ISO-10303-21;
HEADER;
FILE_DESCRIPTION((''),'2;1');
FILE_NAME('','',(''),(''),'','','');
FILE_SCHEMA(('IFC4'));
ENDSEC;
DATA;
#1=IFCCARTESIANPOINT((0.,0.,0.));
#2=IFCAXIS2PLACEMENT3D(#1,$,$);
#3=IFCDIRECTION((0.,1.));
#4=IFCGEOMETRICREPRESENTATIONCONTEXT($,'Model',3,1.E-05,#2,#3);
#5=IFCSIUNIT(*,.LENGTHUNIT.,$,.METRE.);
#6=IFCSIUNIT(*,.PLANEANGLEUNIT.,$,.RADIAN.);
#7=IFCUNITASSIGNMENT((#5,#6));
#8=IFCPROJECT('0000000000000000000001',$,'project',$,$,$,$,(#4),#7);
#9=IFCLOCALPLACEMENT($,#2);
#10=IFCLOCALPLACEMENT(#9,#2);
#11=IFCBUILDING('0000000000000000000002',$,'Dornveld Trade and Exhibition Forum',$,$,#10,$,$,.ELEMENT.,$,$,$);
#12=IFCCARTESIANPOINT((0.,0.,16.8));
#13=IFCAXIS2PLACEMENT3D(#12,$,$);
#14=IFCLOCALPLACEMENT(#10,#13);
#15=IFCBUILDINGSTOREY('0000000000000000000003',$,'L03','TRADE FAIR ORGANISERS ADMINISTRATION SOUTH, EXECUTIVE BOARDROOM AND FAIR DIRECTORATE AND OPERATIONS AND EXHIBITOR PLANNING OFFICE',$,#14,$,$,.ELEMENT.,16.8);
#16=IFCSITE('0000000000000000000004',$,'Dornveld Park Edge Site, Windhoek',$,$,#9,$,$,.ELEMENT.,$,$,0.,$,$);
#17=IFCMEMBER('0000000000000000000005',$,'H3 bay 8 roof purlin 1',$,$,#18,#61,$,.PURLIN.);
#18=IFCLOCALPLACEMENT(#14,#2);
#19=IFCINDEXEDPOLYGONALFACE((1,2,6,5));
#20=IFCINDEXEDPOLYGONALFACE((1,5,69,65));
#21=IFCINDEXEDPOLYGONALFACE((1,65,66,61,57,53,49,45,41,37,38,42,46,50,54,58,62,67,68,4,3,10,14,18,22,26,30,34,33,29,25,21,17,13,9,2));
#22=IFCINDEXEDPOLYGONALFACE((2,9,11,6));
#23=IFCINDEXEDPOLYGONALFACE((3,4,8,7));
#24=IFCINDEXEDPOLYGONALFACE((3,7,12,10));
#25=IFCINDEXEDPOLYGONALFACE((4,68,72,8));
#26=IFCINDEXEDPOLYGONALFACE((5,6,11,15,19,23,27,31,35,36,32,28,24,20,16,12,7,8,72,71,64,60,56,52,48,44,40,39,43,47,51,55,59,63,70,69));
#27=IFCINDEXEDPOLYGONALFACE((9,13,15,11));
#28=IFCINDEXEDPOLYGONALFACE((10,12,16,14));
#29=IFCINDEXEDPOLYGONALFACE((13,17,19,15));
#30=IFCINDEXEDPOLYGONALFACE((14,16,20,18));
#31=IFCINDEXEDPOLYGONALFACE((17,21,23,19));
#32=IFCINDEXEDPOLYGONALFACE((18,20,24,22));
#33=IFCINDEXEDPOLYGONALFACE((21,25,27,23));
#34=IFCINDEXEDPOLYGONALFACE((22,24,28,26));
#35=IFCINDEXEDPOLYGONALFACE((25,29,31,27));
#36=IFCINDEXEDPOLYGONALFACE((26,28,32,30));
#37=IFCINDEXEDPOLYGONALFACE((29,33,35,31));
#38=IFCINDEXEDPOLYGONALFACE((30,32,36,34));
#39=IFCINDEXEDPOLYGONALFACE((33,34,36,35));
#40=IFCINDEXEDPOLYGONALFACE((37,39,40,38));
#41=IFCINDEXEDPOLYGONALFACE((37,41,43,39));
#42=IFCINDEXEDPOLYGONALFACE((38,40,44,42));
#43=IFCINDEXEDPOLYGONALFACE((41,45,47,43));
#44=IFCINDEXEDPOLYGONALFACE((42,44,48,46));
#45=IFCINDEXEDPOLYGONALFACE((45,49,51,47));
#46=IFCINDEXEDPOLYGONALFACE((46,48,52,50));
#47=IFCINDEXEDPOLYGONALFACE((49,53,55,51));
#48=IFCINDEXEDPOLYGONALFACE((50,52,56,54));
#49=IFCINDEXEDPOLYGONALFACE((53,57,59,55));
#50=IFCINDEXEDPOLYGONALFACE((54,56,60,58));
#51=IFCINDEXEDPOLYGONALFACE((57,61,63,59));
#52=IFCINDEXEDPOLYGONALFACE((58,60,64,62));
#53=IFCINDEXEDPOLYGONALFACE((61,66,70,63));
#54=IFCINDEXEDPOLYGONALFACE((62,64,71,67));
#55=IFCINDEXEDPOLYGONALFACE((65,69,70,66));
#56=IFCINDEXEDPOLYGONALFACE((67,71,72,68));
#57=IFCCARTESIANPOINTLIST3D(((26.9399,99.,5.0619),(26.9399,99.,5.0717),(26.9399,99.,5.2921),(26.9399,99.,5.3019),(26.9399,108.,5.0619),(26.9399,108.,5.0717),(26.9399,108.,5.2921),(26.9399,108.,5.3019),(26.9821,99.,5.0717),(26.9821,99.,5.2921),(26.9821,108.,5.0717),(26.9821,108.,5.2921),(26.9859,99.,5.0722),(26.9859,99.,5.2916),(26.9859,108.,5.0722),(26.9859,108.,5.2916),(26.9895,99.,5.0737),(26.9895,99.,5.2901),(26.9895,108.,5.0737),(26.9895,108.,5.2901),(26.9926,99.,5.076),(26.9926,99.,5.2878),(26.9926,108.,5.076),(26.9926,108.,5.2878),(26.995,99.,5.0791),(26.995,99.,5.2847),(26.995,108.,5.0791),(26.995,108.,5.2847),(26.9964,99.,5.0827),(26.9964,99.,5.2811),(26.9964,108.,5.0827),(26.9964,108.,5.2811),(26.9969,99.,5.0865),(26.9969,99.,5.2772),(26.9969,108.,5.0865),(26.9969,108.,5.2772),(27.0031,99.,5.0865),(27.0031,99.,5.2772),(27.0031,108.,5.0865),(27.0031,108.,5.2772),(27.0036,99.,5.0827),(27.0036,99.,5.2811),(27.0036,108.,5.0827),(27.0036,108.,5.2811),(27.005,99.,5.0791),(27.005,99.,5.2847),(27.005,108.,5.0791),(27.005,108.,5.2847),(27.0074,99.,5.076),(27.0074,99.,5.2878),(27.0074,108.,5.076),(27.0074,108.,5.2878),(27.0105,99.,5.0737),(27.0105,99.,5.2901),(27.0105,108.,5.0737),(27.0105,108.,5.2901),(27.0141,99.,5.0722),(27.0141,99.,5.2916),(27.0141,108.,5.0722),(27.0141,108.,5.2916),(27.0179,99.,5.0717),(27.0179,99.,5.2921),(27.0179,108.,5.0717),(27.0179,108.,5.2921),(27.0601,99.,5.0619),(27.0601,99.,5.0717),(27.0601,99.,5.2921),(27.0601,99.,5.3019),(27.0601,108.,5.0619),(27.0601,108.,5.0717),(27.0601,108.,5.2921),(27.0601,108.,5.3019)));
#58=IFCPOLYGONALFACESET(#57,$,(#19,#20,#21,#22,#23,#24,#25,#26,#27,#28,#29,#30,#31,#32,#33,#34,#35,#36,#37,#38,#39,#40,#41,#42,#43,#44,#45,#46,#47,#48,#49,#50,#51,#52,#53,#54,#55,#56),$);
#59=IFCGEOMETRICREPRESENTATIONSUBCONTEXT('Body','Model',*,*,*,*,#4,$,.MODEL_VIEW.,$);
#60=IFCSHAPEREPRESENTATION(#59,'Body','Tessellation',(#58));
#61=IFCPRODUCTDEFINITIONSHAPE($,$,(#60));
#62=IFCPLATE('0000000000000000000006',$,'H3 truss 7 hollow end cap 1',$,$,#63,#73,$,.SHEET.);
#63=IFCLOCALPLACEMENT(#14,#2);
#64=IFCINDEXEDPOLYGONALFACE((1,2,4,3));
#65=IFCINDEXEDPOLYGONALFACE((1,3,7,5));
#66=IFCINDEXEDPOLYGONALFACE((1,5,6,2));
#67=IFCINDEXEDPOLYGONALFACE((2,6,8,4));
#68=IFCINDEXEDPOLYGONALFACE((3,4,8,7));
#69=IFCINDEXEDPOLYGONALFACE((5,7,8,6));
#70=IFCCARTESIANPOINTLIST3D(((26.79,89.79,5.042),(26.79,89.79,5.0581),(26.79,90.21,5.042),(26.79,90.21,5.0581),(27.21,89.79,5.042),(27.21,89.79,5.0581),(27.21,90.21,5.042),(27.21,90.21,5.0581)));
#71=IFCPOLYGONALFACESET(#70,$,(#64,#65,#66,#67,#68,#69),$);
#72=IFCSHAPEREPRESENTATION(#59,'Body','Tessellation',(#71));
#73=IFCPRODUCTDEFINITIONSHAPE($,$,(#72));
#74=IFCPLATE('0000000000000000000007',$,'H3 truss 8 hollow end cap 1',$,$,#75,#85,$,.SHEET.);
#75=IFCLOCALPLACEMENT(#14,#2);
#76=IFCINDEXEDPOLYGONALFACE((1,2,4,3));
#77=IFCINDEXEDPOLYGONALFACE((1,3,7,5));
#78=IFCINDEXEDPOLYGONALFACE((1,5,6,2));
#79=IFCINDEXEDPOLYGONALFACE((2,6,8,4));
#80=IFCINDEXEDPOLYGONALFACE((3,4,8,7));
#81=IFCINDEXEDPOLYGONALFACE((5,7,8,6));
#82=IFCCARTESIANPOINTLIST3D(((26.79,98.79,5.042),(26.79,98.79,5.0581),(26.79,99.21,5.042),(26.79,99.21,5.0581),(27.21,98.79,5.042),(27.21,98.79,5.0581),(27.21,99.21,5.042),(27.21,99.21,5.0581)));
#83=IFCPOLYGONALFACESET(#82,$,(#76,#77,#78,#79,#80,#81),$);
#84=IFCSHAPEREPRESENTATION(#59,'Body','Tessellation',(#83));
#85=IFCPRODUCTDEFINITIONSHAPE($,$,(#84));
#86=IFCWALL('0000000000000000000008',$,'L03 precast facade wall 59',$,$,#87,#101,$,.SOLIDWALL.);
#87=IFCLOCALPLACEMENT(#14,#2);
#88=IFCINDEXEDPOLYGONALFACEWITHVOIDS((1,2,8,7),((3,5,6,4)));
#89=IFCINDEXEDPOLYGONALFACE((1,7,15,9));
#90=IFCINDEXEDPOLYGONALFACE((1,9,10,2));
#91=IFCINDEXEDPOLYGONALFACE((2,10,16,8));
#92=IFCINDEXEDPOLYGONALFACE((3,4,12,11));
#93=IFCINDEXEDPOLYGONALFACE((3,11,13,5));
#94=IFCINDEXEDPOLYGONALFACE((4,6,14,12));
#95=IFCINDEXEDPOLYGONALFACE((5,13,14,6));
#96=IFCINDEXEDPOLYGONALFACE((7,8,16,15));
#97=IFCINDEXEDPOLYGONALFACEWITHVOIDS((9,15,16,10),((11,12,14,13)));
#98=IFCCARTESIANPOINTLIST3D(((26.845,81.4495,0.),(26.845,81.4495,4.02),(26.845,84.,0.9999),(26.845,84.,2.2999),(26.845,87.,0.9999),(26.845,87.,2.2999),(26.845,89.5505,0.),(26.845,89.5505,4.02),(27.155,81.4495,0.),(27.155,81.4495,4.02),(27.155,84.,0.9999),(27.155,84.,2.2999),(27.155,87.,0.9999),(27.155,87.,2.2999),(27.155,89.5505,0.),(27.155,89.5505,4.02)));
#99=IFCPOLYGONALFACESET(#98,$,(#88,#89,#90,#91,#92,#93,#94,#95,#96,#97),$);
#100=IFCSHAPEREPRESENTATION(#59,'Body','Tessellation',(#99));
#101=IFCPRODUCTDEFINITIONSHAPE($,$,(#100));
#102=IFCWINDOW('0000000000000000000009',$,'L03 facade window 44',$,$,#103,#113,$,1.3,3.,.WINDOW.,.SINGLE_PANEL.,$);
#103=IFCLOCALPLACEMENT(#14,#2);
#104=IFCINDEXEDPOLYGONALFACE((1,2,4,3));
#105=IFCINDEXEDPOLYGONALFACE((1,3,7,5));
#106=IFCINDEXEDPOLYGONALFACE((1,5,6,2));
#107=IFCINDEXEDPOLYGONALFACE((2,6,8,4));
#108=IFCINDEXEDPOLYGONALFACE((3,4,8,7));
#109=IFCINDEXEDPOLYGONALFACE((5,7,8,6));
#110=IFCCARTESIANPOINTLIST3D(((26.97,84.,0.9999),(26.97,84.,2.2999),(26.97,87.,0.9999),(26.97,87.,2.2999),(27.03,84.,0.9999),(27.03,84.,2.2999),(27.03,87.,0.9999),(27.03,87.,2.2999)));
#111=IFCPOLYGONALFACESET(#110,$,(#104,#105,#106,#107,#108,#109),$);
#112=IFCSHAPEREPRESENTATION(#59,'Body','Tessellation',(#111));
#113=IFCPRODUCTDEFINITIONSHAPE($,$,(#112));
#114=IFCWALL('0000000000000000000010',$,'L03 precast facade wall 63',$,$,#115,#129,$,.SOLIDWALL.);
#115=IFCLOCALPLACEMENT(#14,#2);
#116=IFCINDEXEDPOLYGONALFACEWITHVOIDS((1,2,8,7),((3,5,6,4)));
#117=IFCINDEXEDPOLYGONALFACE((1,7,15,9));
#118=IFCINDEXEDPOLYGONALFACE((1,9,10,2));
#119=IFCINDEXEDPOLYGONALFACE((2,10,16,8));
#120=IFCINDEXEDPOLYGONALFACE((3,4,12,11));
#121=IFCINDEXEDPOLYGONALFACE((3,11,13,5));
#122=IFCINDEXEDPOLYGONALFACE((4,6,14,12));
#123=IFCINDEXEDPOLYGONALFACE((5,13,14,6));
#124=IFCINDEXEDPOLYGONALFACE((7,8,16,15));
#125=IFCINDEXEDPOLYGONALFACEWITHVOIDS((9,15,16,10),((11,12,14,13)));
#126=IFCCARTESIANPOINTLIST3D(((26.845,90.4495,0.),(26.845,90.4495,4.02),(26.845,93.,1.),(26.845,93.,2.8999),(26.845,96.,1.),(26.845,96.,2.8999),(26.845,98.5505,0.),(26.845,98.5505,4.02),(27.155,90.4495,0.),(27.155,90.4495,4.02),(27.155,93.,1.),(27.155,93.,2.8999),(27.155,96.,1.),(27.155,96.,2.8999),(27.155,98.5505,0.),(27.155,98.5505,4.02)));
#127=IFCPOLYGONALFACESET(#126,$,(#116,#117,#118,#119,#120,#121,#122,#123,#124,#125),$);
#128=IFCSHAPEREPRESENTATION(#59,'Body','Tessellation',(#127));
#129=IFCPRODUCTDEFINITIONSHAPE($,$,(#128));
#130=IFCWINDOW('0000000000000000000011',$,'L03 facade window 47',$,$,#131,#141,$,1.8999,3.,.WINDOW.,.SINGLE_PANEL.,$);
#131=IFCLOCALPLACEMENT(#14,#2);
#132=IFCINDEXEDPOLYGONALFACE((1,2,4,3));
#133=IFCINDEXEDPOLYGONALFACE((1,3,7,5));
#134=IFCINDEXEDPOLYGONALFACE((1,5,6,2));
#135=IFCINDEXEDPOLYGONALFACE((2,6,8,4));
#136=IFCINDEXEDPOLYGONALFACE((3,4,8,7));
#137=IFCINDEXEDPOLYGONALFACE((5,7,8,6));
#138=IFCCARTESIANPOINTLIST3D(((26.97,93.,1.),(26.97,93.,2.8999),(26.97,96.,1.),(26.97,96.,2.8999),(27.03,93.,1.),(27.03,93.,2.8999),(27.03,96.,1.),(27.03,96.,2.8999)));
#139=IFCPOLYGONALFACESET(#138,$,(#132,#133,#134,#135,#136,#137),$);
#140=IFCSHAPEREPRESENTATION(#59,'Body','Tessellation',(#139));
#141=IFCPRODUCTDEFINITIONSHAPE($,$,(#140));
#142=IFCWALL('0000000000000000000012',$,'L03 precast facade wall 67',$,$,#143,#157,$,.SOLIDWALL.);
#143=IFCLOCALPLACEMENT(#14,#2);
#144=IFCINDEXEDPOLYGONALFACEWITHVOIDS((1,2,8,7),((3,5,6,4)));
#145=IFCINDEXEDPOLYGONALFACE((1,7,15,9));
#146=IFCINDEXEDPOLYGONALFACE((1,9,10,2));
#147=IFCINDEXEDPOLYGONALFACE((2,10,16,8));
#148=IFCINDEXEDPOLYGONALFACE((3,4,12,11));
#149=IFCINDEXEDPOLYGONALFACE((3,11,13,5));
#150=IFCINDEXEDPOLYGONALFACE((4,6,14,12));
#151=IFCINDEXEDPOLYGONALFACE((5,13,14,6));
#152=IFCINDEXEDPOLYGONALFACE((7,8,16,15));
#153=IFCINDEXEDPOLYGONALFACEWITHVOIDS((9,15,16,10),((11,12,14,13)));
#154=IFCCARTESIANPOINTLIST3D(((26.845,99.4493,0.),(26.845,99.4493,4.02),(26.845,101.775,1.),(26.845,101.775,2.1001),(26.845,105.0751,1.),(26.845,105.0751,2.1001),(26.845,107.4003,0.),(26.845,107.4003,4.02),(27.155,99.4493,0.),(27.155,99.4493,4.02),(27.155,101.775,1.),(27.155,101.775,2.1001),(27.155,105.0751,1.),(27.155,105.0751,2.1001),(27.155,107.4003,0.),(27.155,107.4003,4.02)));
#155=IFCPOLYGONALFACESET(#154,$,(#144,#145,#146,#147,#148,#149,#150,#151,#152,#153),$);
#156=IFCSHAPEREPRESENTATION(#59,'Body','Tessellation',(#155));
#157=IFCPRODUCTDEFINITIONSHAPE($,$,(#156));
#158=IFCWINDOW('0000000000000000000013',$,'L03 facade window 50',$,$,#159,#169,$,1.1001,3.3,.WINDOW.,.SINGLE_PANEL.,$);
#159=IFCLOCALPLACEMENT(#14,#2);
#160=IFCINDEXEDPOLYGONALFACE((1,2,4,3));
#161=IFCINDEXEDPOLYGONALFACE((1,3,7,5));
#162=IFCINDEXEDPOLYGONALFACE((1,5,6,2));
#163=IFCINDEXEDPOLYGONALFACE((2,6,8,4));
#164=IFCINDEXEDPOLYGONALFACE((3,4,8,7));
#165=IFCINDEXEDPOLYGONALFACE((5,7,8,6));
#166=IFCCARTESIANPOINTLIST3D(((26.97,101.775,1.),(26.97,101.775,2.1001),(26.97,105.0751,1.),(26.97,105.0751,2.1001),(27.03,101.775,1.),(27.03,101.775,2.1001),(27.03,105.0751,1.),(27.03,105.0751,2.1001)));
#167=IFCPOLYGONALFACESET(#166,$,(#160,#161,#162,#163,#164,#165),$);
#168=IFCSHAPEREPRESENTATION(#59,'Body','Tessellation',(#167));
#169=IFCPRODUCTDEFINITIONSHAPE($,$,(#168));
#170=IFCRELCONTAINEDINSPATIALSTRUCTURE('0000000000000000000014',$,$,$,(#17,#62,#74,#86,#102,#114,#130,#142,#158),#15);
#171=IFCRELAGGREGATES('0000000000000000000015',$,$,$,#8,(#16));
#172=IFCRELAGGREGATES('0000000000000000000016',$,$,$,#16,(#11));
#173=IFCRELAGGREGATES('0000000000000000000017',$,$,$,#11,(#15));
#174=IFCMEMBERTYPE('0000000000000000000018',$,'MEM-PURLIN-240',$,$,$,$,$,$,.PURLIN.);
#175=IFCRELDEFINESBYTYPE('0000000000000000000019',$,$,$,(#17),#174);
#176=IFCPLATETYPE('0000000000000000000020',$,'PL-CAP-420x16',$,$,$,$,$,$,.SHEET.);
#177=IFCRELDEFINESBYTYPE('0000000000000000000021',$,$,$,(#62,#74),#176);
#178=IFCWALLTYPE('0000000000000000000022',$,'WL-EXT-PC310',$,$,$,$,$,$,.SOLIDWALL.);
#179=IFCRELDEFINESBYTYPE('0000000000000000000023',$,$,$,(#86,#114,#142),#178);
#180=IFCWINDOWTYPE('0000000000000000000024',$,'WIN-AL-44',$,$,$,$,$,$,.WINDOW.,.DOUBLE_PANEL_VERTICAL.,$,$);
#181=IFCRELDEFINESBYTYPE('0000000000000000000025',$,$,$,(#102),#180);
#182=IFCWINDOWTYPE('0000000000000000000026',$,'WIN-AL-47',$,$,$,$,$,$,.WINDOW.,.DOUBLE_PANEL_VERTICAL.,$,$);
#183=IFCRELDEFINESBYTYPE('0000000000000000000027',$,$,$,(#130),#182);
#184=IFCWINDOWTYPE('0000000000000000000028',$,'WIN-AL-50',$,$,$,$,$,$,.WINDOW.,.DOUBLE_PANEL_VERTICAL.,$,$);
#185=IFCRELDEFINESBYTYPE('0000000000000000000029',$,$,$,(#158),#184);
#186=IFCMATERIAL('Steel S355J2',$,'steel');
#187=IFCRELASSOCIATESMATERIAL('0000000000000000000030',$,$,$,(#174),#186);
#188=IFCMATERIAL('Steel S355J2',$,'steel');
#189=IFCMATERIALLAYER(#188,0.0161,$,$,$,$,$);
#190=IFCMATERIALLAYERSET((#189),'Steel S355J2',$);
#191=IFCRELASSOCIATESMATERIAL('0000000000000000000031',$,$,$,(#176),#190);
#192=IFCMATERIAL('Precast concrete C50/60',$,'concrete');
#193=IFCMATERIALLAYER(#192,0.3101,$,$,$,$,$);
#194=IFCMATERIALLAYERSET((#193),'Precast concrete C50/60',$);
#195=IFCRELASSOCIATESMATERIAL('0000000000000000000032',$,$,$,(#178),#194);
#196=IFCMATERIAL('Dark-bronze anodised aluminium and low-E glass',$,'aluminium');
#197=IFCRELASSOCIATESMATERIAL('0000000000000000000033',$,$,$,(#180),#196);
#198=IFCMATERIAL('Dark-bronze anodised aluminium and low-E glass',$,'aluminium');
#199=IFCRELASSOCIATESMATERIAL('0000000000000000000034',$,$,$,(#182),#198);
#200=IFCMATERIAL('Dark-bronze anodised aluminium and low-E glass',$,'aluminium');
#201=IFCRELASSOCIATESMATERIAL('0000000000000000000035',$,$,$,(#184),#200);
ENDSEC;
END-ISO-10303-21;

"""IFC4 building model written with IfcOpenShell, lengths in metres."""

from ifc_helpers import new_model, si_unit, direction, frame, frame_2d, origin, origin_2d, place, context, subcontext, project, spatial, rectangle, i_section, extrude, material, layer, layer_set, material_profile, profile_set, type_object, element, fill, save


model = new_model("IFC4")

# Units and contexts
model_context = context("Model", 3, precision=1e-05, world=origin(), true_north=direction((0.0, 1.0)))
body_context = subcontext(model_context, "Body", "Model", "MODEL_VIEW")
ifc_project = project(units=[si_unit("LENGTHUNIT", "METRE"), si_unit("PLANEANGLEUNIT", "RADIAN")], contexts=[model_context])

# Site, building, storey
site_placement = place(None, origin())
site = spatial("IfcSite", under=ifc_project, at=site_placement, Name="Dornveld Park Edge Site, Windhoek", CompositionType="ELEMENT", RefElevation=0.0)
building_placement = place(site_placement, origin())
building = spatial("IfcBuilding", under=site, at=building_placement, Name="Dornveld Trade and Exhibition Forum", CompositionType="ELEMENT")
storey_placement = place(building_placement, frame((0.0, 0.0, 16.8)))
storey = spatial("IfcBuildingStorey", under=building, at=storey_placement, Name="L03", Description="TRADE FAIR ORGANISERS ADMINISTRATION SOUTH, EXECUTIVE BOARDROOM AND FAIR DIRECTORATE AND OPERATIONS AND EXHIBITOR PLANNING OFFICE", CompositionType="ELEMENT", Elevation=16.8)

# Member
ifc_material_1 = material(Name="Steel S355J2", Category="steel")
ifc_material_profile_1 = material_profile(ifc_material_1, i_section(OverallWidth=0.1201, OverallDepth=0.24, WebThickness=0.0061, FlangeThickness=0.0098, FilletRadius=0.0149, at=origin_2d()), Name="IPE 240")
ifc_profile_set_1 = profile_set([ifc_material_profile_1], Name="Steel S355J2")
member_type_1 = type_object("IfcMemberType", Name="MEM-PURLIN-240", PredefinedType="PURLIN", material=ifc_profile_set_1)
for number, where, z_axis, x_axis, name in (
    (1, (27.0, 99.0, 5.1819), (0.0, 1.0, 0.0), (-1.0, 0.0, 0.0), "H3 bay 8 roof purlin 1"),
):
    element("IfcMember", number, at=place(storey_placement, frame(where, z_axis=z_axis, x_axis=x_axis)), inside=storey, type_object=member_type_1, Name=name, PredefinedType="PURLIN", context=body_context, shape_type="SweptSolid", body=[
        extrude(i_section(OverallWidth=0.1201, OverallDepth=0.24, WebThickness=0.0061, FlangeThickness=0.0098, FilletRadius=0.0149, at=origin_2d()), origin(), (0.0, 0.0, 1.0), 9.0),
    ])

# Plates
ifc_material_2 = material(Name="Steel S355J2", Category="steel")
ifc_layer_1 = layer(ifc_material_2, 0.0161)
ifc_layer_set_1 = layer_set([ifc_layer_1], Name="Steel S355J2")
plate_type = type_object("IfcPlateType", Name="PL-CAP-420x16", PredefinedType="SHEET", material=ifc_layer_set_1)
for number, where, z_axis, x_axis, name in (
    (2, (27.0, 90.0, 5.042), (0.0, 0.0, 1.0), (1.0, 0.0, 0.0), "H3 truss 7 hollow end cap 1"),
    (3, (27.0, 99.0, 5.042), (0.0, 0.0, 1.0), (1.0, 0.0, 0.0), "H3 truss 8 hollow end cap 1"),
):
    element("IfcPlate", number, at=place(storey_placement, frame(where, z_axis=z_axis, x_axis=x_axis)), inside=storey, type_object=plate_type, Name=name, PredefinedType="SHEET", context=body_context, shape_type="SweptSolid", body=[
        extrude(rectangle(XDim=0.4199, YDim=0.4199, at=origin_2d()), origin(), (0.0, 0.0, 1.0), 0.0161),
    ])

# Walls, openings, windows
ifc_material_3 = material(Name="Precast concrete C50/60", Category="concrete")
ifc_layer_2 = layer(ifc_material_3, 0.3101)
ifc_layer_set_2 = layer_set([ifc_layer_2], Name="Precast concrete C50/60")
wall_type = type_object("IfcWallType", Name="WL-EXT-PC310", PredefinedType="SOLIDWALL", material=ifc_layer_set_2)
wall_1_placement = place(storey_placement, frame((27.0, 89.5505, 0.0), z_axis=(0.0, 0.0, 1.0), x_axis=(0.0, -1.0, 0.0)))
wall_1 = element("IfcWall", 4, at=wall_1_placement, inside=storey, type_object=wall_type, Name="L03 precast facade wall 59", PredefinedType="SOLIDWALL", context=body_context, shape_type="SweptSolid", body=[
    extrude(rectangle(XDim=8.1011, YDim=0.3101, at=frame_2d((4.0505, 0.0))), origin(), (0.0, 0.0, 1.0), 4.02),
])
opening_1_placement = place(wall_1_placement, frame((2.5505, 0.0, 1.0)))
opening_1 = element("IfcOpeningElement", 5, at=opening_1_placement, cuts=wall_1, PredefinedType="OPENING", context=body_context, shape_type="SweptSolid", body=[
    extrude(rectangle(XDim=3.0, YDim=1.3, at=frame_2d((1.5, 0.6499))), frame((0.0, 0.165, 0.0), z_axis=(0.0, -1.0, 0.0), x_axis=(1.0, 0.0, 0.0)), (0.0, 0.0, 1.0), 0.3301),
])
ifc_material_4 = material(Name="Dark-bronze anodised aluminium and low-E glass", Category="aluminium")
window_type_1 = type_object("IfcWindowType", Name="WIN-AL-44", PartitioningType="DOUBLE_PANEL_VERTICAL", PredefinedType="WINDOW", material=ifc_material_4)
window_1_placement = place(opening_1_placement, origin())
window_1 = element("IfcWindow", 6, at=window_1_placement, inside=storey, type_object=window_type_1, Name="L03 facade window 44", OverallHeight=1.3, OverallWidth=3.0, PartitioningType="SINGLE_PANEL", PredefinedType="WINDOW", context=body_context, shape_type="SweptSolid", body=[
    extrude(rectangle(XDim=3.0, YDim=1.3, at=frame_2d((1.5, 0.6499))), frame((0.0, 0.03, 0.0), z_axis=(0.0, -1.0, 0.0), x_axis=(1.0, 0.0, 0.0)), (0.0, 0.0, 1.0), 0.0601),
])
fill(opening_1, window_1)
wall_2_placement = place(storey_placement, frame((27.0, 98.5505, 0.0), z_axis=(0.0, 0.0, 1.0), x_axis=(0.0, -1.0, 0.0)))
wall_2 = element("IfcWall", 7, at=wall_2_placement, inside=storey, type_object=wall_type, Name="L03 precast facade wall 63", PredefinedType="SOLIDWALL", context=body_context, shape_type="SweptSolid", body=[
    extrude(rectangle(XDim=8.1011, YDim=0.3101, at=frame_2d((4.0505, 0.0))), origin(), (0.0, 0.0, 1.0), 4.02),
])
opening_2_placement = place(wall_2_placement, frame((2.5505, 0.0, 1.0)))
opening_2 = element("IfcOpeningElement", 8, at=opening_2_placement, cuts=wall_2, PredefinedType="OPENING", context=body_context, shape_type="SweptSolid", body=[
    extrude(rectangle(XDim=3.0, YDim=1.8999, at=frame_2d((1.5, 0.95))), frame((0.0, 0.165, 0.0), z_axis=(0.0, -1.0, 0.0), x_axis=(1.0, 0.0, 0.0)), (0.0, 0.0, 1.0), 0.3301),
])
ifc_material_5 = material(Name="Dark-bronze anodised aluminium and low-E glass", Category="aluminium")
window_type_2 = type_object("IfcWindowType", Name="WIN-AL-47", PartitioningType="DOUBLE_PANEL_VERTICAL", PredefinedType="WINDOW", material=ifc_material_5)
window_2_placement = place(opening_2_placement, origin())
window_2 = element("IfcWindow", 9, at=window_2_placement, inside=storey, type_object=window_type_2, Name="L03 facade window 47", OverallHeight=1.8999, OverallWidth=3.0, PartitioningType="SINGLE_PANEL", PredefinedType="WINDOW", context=body_context, shape_type="SweptSolid", body=[
    extrude(rectangle(XDim=3.0, YDim=1.8999, at=frame_2d((1.5, 0.95))), frame((0.0, 0.03, 0.0), z_axis=(0.0, -1.0, 0.0), x_axis=(1.0, 0.0, 0.0)), (0.0, 0.0, 1.0), 0.0601),
])
fill(opening_2, window_2)
wall_3_placement = place(storey_placement, frame((27.0, 107.4004, 0.0), z_axis=(0.0, 0.0, 1.0), x_axis=(0.0, -1.0, 0.0)))
wall_3 = element("IfcWall", 10, at=wall_3_placement, inside=storey, type_object=wall_type, Name="L03 precast facade wall 67", PredefinedType="SOLIDWALL", context=body_context, shape_type="SweptSolid", body=[
    extrude(rectangle(XDim=7.9509, YDim=0.3101, at=frame_2d((3.9756, 0.0))), origin(), (0.0, 0.0, 1.0), 4.02),
])
opening_3_placement = place(wall_3_placement, frame((2.3254, 0.0, 1.0)))
opening_3 = element("IfcOpeningElement", 11, at=opening_3_placement, cuts=wall_3, PredefinedType="OPENING", context=body_context, shape_type="SweptSolid", body=[
    extrude(rectangle(XDim=3.3, YDim=1.1001, at=frame_2d((1.6499, 0.55))), frame((0.0, 0.165, 0.0), z_axis=(0.0, -1.0, 0.0), x_axis=(1.0, 0.0, 0.0)), (0.0, 0.0, 1.0), 0.3301),
])
ifc_material_6 = material(Name="Dark-bronze anodised aluminium and low-E glass", Category="aluminium")
window_type_3 = type_object("IfcWindowType", Name="WIN-AL-50", PartitioningType="DOUBLE_PANEL_VERTICAL", PredefinedType="WINDOW", material=ifc_material_6)
window_3_placement = place(opening_3_placement, origin())
window_3 = element("IfcWindow", 12, at=window_3_placement, inside=storey, type_object=window_type_3, Name="L03 facade window 50", OverallHeight=1.1001, OverallWidth=3.3, PartitioningType="SINGLE_PANEL", PredefinedType="WINDOW", context=body_context, shape_type="SweptSolid", body=[
    extrude(rectangle(XDim=3.3, YDim=1.1001, at=frame_2d((1.6499, 0.55))), frame((0.0, 0.03, 0.0), z_axis=(0.0, -1.0, 0.0), x_axis=(1.0, 0.0, 0.0)), (0.0, 0.0, 1.0), 0.0601),
])
fill(opening_3, window_3)

save(model, "model.ifc")
